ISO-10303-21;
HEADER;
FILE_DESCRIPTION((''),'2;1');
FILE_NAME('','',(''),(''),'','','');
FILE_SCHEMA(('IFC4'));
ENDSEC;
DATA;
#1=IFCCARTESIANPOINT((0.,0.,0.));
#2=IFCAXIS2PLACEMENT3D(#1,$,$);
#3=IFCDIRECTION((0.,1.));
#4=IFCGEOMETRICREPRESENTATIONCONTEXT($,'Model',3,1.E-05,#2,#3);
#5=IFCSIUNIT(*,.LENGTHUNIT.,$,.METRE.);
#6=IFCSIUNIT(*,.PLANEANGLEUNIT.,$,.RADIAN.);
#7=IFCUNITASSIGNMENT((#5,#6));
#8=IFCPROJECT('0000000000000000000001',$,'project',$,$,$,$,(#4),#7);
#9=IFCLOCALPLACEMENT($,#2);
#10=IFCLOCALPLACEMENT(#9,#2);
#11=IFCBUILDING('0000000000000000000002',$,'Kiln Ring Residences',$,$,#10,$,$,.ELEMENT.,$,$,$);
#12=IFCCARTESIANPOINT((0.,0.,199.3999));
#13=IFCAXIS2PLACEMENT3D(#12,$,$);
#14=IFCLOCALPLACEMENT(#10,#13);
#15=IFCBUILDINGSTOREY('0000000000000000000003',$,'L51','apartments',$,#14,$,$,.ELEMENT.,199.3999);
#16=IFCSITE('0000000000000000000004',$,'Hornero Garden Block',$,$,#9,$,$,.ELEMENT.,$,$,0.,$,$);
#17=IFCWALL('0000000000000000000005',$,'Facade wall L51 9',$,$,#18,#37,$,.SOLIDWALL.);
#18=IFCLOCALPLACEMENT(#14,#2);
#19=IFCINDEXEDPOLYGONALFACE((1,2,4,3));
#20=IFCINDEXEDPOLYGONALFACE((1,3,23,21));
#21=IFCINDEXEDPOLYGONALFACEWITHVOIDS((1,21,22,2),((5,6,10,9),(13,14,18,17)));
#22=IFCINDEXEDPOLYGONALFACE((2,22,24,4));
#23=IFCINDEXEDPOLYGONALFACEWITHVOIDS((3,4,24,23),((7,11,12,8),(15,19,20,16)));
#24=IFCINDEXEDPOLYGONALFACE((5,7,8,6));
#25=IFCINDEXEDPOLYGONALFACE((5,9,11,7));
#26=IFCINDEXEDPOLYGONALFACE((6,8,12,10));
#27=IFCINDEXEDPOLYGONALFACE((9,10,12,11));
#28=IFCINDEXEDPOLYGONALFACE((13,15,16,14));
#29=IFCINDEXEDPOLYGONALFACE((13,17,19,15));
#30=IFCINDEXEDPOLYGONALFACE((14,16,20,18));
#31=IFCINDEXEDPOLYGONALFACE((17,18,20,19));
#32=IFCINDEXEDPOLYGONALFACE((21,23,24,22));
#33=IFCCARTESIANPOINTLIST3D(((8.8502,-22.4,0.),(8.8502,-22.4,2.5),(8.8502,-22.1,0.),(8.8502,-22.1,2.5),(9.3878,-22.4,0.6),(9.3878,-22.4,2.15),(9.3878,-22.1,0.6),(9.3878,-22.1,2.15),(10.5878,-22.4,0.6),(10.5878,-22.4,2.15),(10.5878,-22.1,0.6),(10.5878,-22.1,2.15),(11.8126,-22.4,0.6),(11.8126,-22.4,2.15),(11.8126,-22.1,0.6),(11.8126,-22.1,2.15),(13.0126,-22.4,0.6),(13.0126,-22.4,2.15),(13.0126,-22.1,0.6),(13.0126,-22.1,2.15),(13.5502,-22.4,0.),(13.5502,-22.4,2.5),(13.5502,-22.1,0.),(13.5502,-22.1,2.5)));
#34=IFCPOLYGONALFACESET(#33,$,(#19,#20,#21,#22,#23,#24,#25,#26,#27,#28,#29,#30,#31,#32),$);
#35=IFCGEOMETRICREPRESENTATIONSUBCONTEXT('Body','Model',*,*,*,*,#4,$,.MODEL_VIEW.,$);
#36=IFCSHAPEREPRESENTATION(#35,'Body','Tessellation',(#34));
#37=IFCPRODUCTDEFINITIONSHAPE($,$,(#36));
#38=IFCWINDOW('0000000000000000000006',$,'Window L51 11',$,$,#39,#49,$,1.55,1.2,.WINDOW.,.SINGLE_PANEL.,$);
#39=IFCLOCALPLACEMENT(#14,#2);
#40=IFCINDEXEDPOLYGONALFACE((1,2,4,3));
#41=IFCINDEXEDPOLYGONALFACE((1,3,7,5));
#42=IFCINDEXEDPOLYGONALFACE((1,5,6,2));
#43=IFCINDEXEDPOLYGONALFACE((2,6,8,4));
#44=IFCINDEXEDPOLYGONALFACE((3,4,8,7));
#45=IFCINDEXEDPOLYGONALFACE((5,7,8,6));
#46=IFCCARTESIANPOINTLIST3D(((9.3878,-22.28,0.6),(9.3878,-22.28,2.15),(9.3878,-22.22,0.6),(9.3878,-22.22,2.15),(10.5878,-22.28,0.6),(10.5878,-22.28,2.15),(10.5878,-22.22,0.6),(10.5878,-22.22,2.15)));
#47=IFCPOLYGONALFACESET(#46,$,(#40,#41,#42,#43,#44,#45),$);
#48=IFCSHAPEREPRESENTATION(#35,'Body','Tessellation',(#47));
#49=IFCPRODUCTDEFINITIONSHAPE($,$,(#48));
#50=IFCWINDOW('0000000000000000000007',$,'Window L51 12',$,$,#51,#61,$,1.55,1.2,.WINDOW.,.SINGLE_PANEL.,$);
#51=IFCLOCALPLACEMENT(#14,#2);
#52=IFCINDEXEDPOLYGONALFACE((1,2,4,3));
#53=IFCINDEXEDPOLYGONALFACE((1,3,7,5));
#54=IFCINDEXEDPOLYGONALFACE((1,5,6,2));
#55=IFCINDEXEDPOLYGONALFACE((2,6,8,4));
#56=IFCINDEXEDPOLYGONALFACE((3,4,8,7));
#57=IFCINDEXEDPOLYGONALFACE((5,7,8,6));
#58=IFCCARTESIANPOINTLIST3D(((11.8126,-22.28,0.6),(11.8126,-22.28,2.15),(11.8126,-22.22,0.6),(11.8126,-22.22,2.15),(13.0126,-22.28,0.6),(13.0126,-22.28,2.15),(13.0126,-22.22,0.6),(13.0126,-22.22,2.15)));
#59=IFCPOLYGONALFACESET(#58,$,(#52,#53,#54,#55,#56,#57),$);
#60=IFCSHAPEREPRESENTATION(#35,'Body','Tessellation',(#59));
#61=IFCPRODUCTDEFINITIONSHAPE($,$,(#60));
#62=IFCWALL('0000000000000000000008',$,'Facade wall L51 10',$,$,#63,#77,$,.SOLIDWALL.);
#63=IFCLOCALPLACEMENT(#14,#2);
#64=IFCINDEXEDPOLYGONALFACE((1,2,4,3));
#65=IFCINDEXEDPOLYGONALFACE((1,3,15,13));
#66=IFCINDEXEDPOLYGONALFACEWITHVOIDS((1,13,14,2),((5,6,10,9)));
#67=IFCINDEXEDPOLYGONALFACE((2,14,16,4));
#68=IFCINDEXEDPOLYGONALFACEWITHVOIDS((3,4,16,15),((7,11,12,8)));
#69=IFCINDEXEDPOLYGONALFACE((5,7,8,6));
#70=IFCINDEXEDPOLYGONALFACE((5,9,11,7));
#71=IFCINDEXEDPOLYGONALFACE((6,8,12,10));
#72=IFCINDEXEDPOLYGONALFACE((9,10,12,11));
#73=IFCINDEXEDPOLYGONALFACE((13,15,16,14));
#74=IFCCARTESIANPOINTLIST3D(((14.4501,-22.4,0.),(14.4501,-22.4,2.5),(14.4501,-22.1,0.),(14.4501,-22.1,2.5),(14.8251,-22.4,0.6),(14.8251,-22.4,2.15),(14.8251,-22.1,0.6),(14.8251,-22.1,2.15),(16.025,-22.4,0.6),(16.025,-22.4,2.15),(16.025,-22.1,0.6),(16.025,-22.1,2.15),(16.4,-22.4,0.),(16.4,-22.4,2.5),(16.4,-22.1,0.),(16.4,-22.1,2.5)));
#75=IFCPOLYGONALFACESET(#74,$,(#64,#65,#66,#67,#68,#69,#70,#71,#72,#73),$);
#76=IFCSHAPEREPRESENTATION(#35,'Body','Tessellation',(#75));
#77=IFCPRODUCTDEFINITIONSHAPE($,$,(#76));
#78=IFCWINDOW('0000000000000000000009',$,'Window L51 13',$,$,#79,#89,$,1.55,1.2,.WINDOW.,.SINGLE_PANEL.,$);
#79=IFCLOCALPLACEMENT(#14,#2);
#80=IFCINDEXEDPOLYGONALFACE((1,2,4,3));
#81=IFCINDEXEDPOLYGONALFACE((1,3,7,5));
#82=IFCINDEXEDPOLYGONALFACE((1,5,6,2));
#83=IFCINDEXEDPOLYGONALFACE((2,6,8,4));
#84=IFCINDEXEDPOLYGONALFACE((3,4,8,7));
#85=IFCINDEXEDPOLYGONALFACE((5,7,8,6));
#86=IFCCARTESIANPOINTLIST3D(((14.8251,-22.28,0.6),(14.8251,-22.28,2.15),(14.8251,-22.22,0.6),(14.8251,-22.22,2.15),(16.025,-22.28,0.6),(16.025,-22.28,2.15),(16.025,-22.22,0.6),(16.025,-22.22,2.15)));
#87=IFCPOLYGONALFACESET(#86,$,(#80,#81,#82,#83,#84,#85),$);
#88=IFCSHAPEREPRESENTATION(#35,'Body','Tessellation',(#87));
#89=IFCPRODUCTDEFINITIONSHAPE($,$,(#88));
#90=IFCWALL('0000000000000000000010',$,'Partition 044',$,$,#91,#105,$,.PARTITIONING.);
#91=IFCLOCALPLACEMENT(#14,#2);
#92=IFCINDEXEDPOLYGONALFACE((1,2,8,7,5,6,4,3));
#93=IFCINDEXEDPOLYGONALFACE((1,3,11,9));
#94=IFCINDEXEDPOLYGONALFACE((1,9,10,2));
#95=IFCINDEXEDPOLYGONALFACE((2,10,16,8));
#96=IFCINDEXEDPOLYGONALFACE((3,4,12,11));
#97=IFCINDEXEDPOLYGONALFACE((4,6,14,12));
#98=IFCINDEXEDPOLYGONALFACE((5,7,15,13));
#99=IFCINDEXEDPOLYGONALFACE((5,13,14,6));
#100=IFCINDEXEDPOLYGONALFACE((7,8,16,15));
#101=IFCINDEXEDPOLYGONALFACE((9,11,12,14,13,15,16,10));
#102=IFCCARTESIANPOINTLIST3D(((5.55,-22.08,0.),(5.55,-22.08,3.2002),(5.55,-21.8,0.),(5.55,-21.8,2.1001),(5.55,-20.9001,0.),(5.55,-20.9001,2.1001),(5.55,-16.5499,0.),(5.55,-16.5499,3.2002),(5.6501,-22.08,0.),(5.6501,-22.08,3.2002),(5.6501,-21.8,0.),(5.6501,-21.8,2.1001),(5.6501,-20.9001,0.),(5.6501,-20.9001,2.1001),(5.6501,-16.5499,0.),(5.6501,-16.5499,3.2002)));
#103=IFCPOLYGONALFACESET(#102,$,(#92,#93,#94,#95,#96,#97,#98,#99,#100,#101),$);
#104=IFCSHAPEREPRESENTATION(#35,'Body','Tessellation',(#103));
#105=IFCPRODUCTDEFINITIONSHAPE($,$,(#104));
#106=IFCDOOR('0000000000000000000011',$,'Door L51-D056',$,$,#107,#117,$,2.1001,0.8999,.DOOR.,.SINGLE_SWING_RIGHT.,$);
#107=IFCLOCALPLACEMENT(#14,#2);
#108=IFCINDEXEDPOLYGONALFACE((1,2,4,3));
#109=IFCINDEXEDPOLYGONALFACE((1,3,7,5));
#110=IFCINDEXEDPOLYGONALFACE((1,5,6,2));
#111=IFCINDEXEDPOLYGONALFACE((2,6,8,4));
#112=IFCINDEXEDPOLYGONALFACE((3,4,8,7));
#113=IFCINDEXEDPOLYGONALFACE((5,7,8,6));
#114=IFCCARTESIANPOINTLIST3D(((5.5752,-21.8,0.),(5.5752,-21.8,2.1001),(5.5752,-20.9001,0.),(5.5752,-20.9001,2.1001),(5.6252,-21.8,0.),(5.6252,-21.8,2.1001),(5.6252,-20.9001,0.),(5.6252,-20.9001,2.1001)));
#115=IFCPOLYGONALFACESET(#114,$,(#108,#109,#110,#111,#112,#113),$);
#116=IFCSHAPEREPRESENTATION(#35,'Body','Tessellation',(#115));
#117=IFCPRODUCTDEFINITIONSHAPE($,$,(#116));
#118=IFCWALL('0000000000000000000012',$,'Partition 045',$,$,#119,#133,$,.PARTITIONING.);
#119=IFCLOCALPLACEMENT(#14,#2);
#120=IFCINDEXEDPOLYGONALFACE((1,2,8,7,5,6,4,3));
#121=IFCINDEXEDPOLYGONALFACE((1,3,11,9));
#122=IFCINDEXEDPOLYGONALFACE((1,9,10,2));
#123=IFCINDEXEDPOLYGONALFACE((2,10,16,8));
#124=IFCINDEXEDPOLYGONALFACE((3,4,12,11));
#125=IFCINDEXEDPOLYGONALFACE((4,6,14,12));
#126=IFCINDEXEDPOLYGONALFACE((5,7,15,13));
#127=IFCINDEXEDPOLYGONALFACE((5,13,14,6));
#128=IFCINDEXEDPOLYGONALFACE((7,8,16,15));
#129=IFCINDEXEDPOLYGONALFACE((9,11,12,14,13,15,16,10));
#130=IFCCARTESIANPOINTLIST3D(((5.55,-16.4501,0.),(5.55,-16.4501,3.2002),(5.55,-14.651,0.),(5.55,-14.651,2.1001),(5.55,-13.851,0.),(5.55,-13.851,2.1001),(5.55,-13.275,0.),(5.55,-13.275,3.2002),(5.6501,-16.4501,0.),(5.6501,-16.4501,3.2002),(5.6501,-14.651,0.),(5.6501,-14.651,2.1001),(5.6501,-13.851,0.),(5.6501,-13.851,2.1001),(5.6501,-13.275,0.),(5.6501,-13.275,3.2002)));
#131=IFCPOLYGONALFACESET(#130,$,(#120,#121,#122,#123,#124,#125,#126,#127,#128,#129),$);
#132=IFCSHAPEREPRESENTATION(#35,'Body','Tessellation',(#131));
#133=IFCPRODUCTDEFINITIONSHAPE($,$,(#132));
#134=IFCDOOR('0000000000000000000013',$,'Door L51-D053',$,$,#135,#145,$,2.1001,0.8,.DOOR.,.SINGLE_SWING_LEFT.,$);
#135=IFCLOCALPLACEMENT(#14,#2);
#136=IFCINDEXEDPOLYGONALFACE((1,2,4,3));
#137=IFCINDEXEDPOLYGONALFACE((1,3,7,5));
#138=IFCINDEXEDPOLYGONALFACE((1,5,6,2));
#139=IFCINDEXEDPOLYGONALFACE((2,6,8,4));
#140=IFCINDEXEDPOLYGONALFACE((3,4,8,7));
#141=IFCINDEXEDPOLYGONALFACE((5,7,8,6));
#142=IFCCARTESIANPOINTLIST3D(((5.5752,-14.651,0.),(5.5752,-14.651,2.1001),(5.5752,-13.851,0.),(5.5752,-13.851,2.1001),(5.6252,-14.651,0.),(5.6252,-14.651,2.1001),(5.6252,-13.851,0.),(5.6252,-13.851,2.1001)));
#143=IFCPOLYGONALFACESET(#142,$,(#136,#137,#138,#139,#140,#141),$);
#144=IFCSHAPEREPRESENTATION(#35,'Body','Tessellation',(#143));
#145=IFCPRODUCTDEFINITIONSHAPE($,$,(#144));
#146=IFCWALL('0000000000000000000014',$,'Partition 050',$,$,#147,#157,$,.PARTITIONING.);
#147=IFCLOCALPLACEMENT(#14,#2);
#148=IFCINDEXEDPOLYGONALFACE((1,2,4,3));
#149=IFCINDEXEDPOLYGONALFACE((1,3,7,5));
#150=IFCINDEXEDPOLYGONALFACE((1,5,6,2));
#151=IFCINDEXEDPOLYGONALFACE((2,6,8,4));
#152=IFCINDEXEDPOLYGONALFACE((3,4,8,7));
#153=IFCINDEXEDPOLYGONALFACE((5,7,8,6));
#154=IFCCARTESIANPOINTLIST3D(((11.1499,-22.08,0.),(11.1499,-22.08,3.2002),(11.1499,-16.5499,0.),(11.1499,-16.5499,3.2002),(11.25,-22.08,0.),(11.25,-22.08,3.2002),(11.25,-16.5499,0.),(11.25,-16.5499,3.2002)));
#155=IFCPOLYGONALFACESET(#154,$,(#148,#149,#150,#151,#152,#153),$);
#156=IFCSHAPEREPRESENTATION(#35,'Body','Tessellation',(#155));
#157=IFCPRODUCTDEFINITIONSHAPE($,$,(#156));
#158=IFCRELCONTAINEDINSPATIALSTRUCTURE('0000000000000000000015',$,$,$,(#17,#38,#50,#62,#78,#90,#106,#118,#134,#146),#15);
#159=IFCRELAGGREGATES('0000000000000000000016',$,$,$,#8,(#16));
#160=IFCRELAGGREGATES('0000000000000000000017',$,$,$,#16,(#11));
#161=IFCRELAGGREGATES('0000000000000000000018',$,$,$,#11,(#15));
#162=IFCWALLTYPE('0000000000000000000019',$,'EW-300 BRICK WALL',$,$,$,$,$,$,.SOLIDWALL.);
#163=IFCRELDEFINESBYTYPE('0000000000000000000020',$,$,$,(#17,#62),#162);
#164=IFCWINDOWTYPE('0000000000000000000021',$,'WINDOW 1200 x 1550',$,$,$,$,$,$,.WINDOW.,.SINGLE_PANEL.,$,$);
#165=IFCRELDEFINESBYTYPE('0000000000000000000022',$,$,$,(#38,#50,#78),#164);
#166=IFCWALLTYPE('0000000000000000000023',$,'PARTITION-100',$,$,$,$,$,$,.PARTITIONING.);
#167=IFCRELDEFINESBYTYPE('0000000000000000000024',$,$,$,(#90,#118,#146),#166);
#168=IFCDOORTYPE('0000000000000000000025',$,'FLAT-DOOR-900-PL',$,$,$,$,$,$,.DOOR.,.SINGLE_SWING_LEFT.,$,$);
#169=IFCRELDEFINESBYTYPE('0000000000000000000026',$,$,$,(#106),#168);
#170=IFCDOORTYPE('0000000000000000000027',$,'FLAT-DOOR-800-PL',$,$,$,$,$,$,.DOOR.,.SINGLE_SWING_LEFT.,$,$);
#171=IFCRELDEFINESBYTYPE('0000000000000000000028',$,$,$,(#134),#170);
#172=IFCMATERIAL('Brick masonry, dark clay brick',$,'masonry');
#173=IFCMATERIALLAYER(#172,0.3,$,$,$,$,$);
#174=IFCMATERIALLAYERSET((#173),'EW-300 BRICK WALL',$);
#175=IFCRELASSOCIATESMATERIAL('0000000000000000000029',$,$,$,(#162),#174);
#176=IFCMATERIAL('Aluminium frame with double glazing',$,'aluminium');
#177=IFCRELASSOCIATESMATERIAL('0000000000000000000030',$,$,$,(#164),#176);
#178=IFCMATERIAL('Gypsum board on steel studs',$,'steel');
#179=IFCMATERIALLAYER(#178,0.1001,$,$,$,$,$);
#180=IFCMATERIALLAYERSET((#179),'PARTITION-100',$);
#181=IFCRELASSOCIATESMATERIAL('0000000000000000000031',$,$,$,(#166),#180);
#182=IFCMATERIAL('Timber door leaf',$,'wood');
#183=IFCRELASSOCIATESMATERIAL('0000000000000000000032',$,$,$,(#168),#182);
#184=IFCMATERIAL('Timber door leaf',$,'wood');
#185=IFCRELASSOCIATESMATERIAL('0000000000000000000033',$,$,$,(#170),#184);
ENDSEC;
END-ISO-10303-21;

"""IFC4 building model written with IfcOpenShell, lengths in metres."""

from ifc_helpers import new_model, si_unit, direction, frame, frame_2d, origin, place, context, subcontext, project, spatial, rectangle, extrude, material, layer, layer_set, type_object, element, fill, save


model = new_model("IFC4")

# Units and contexts
model_context = context("Model", 3, precision=1e-05, world=origin(), true_north=direction((0.0, 1.0)))
body_context = subcontext(model_context, "Body", "Model", "MODEL_VIEW")
ifc_project = project(units=[si_unit("LENGTHUNIT", "METRE"), si_unit("PLANEANGLEUNIT", "RADIAN")], contexts=[model_context])

# Site, building, storey
site_placement = place(None, origin())
site = spatial("IfcSite", under=ifc_project, at=site_placement, Name="Hornero Garden Block", CompositionType="ELEMENT", RefElevation=0.0)
building_placement = place(site_placement, origin())
building = spatial("IfcBuilding", under=site, at=building_placement, Name="Kiln Ring Residences", CompositionType="ELEMENT")
storey_placement = place(building_placement, frame((0.0, 0.0, 199.3999)))
storey = spatial("IfcBuildingStorey", under=building, at=storey_placement, Name="L51", Description="apartments", CompositionType="ELEMENT", Elevation=199.3999)

# Wall, openings, windows
ifc_material_1 = material(Name="Brick masonry, dark clay brick", Category="masonry")
ifc_layer_1 = layer(ifc_material_1, 0.3)
ifc_layer_set_1 = layer_set([ifc_layer_1], Name="EW-300 BRICK WALL")
wall_type_1 = type_object("IfcWallType", Name="EW-300 BRICK WALL", PredefinedType="SOLIDWALL", material=ifc_layer_set_1)
ifc_material_2 = material(Name="Aluminium frame with double glazing", Category="aluminium")
window_type = type_object("IfcWindowType", Name="WINDOW 1200 x 1550", PartitioningType="SINGLE_PANEL", PredefinedType="WINDOW", material=ifc_material_2)
wall_1_placement = place(storey_placement, frame((8.8501, -22.25, 0.0), z_axis=(0.0, 0.0, 1.0), x_axis=(1.0, 0.0, 0.0)))
wall_1 = element("IfcWall", 1, at=wall_1_placement, inside=storey, type_object=wall_type_1, Name="Facade wall L51 9", PredefinedType="SOLIDWALL", context=body_context, shape_type="SweptSolid", body=[
    extrude(rectangle(XDim=4.7, YDim=0.3, at=frame_2d((2.3501, 0.0))), origin(), (0.0, 0.0, 1.0), 2.5),
])
opening_1_placement = place(wall_1_placement, frame((0.5376, 0.0, 0.6001)))
opening_1 = element("IfcOpeningElement", 2, at=opening_1_placement, cuts=wall_1, PredefinedType="OPENING", context=body_context, shape_type="SweptSolid", body=[
    extrude(rectangle(XDim=1.2, YDim=1.55, at=frame_2d((0.6001, 0.7749))), frame((0.0, 0.1599, 0.0), z_axis=(0.0, -1.0, 0.0), x_axis=(1.0, 0.0, 0.0)), (0.0, 0.0, 1.0), 0.3201),
])
opening_2_placement = place(wall_1_placement, frame((2.9624, 0.0, 0.6001)))
opening_2 = element("IfcOpeningElement", 3, at=opening_2_placement, cuts=wall_1, PredefinedType="OPENING", context=body_context, shape_type="SweptSolid", body=[
    extrude(rectangle(XDim=1.2, YDim=1.55, at=frame_2d((0.6001, 0.7749))), frame((0.0, 0.1599, 0.0), z_axis=(0.0, -1.0, 0.0), x_axis=(1.0, 0.0, 0.0)), (0.0, 0.0, 1.0), 0.3201),
])
window_1_placement = place(opening_1_placement, origin())
window_1 = element("IfcWindow", 4, at=window_1_placement, inside=storey, type_object=window_type, Name="Window L51 11", OverallHeight=1.55, OverallWidth=1.2, PartitioningType="SINGLE_PANEL", PredefinedType="WINDOW", context=body_context, shape_type="SweptSolid", body=[
    extrude(rectangle(XDim=1.2, YDim=1.55, at=frame_2d((0.6001, 0.7749))), frame((0.0, 0.03, 0.0), z_axis=(0.0, -1.0, 0.0), x_axis=(1.0, 0.0, 0.0)), (0.0, 0.0, 1.0), 0.0601),
])
fill(opening_1, window_1)
window_2_placement = place(opening_2_placement, origin())
window_2 = element("IfcWindow", 5, at=window_2_placement, inside=storey, type_object=window_type, Name="Window L51 12", OverallHeight=1.55, OverallWidth=1.2, PartitioningType="SINGLE_PANEL", PredefinedType="WINDOW", context=body_context, shape_type="SweptSolid", body=[
    extrude(rectangle(XDim=1.2, YDim=1.55, at=frame_2d((0.6001, 0.7749))), frame((0.0, 0.03, 0.0), z_axis=(0.0, -1.0, 0.0), x_axis=(1.0, 0.0, 0.0)), (0.0, 0.0, 1.0), 0.0601),
])
fill(opening_2, window_2)

# Wall, opening, window
wall_2_placement = place(storey_placement, frame((14.45, -22.25, 0.0), z_axis=(0.0, 0.0, 1.0), x_axis=(1.0, 0.0, 0.0)))
wall_2 = element("IfcWall", 6, at=wall_2_placement, inside=storey, type_object=wall_type_1, Name="Facade wall L51 10", PredefinedType="SOLIDWALL", context=body_context, shape_type="SweptSolid", body=[
    extrude(rectangle(XDim=1.95, YDim=0.3, at=frame_2d((0.9751, 0.0))), origin(), (0.0, 0.0, 1.0), 2.5),
])
opening_3_placement = place(wall_2_placement, frame((0.375, 0.0, 0.6001)))
opening_3 = element("IfcOpeningElement", 7, at=opening_3_placement, cuts=wall_2, PredefinedType="OPENING", context=body_context, shape_type="SweptSolid", body=[
    extrude(rectangle(XDim=1.2, YDim=1.55, at=frame_2d((0.6001, 0.7749))), frame((0.0, 0.1599, 0.0), z_axis=(0.0, -1.0, 0.0), x_axis=(1.0, 0.0, 0.0)), (0.0, 0.0, 1.0), 0.3201),
])
window_3_placement = place(opening_3_placement, origin())
window_3 = element("IfcWindow", 8, at=window_3_placement, inside=storey, type_object=window_type, Name="Window L51 13", OverallHeight=1.55, OverallWidth=1.2, PartitioningType="SINGLE_PANEL", PredefinedType="WINDOW", context=body_context, shape_type="SweptSolid", body=[
    extrude(rectangle(XDim=1.2, YDim=1.55, at=frame_2d((0.6001, 0.7749))), frame((0.0, 0.03, 0.0), z_axis=(0.0, -1.0, 0.0), x_axis=(1.0, 0.0, 0.0)), (0.0, 0.0, 1.0), 0.0601),
])
fill(opening_3, window_3)

# Walls, openings, doors
ifc_material_3 = material(Name="Gypsum board on steel studs", Category="steel")
ifc_layer_2 = layer(ifc_material_3, 0.1001)
ifc_layer_set_2 = layer_set([ifc_layer_2], Name="PARTITION-100")
wall_type_2 = type_object("IfcWallType", Name="PARTITION-100", PredefinedType="PARTITIONING", material=ifc_layer_set_2)
wall_3_placement = place(storey_placement, frame((5.6001, -22.0801, 0.0), z_axis=(0.0, 0.0, 1.0), x_axis=(0.0, 1.0, 0.0)))
wall_3 = element("IfcWall", 9, at=wall_3_placement, inside=storey, type_object=wall_type_2, Name="Partition 044", PredefinedType="PARTITIONING", context=body_context, shape_type="SweptSolid", body=[
    extrude(rectangle(XDim=5.53, YDim=0.1001, at=frame_2d((2.7651, 0.0))), origin(), (0.0, 0.0, 1.0), 3.2002),
])
opening_4_placement = place(wall_3_placement, frame((0.28, 0.0, 0.0)))
opening_4 = element("IfcOpeningElement", 10, at=opening_4_placement, cuts=wall_3, PredefinedType="OPENING", context=body_context, shape_type="SweptSolid", body=[
    extrude(rectangle(XDim=0.8999, YDim=2.1001, at=frame_2d((0.45, 1.05))), frame((0.0, 0.0601, 0.0), z_axis=(0.0, -1.0, 0.0), x_axis=(1.0, 0.0, 0.0)), (0.0, 0.0, 1.0), 0.1201),
])
ifc_material_4 = material(Name="Timber door leaf", Category="wood")
door_type_1 = type_object("IfcDoorType", Name="FLAT-DOOR-900-PL", OperationType="SINGLE_SWING_LEFT", PredefinedType="DOOR", material=ifc_material_4)
door_1_placement = place(opening_4_placement, origin())
door_1 = element("IfcDoor", 11, at=door_1_placement, inside=storey, type_object=door_type_1, Name="Door L51-D056", OperationType="SINGLE_SWING_RIGHT", OverallHeight=2.1001, OverallWidth=0.8999, PredefinedType="DOOR", context=body_context, shape_type="SweptSolid", body=[
    extrude(rectangle(XDim=0.8999, YDim=2.1001, at=frame_2d((0.45, 1.05))), frame((0.0, 0.0249, 0.0), z_axis=(0.0, -1.0, 0.0), x_axis=(1.0, 0.0, 0.0)), (0.0, 0.0, 1.0), 0.05),
])
fill(opening_4, door_1)
wall_4_placement = place(storey_placement, frame((5.6001, -16.45, 0.0), z_axis=(0.0, 0.0, 1.0), x_axis=(0.0, 1.0, 0.0)))
wall_4 = element("IfcWall", 12, at=wall_4_placement, inside=storey, type_object=wall_type_2, Name="Partition 045", PredefinedType="PARTITIONING", context=body_context, shape_type="SweptSolid", body=[
    extrude(rectangle(XDim=3.175, YDim=0.1001, at=frame_2d((1.5874, 0.0))), origin(), (0.0, 0.0, 1.0), 3.2002),
])
opening_5_placement = place(wall_4_placement, frame((1.7991, 0.0, 0.0)))
opening_5 = element("IfcOpeningElement", 13, at=opening_5_placement, cuts=wall_4, PredefinedType="OPENING", context=body_context, shape_type="SweptSolid", body=[
    extrude(rectangle(XDim=0.8, YDim=2.1001, at=frame_2d((0.3999, 1.05))), frame((0.0, 0.0601, 0.0), z_axis=(0.0, -1.0, 0.0), x_axis=(1.0, 0.0, 0.0)), (0.0, 0.0, 1.0), 0.1201),
])
ifc_material_5 = material(Name="Timber door leaf", Category="wood")
door_type_2 = type_object("IfcDoorType", Name="FLAT-DOOR-800-PL", OperationType="SINGLE_SWING_LEFT", PredefinedType="DOOR", material=ifc_material_5)
door_2_placement = place(opening_5_placement, origin())
door_2 = element("IfcDoor", 14, at=door_2_placement, inside=storey, type_object=door_type_2, Name="Door L51-D053", OperationType="SINGLE_SWING_LEFT", OverallHeight=2.1001, OverallWidth=0.8, PredefinedType="DOOR", context=body_context, shape_type="SweptSolid", body=[
    extrude(rectangle(XDim=0.8, YDim=2.1001, at=frame_2d((0.3999, 1.05))), frame((0.0, 0.0249, 0.0), z_axis=(0.0, -1.0, 0.0), x_axis=(1.0, 0.0, 0.0)), (0.0, 0.0, 1.0), 0.05),
])
fill(opening_5, door_2)

# Wall
wall_5_placement = place(storey_placement, frame((11.2, -22.0801, 0.0), z_axis=(0.0, 0.0, 1.0), x_axis=(0.0, 1.0, 0.0)))
element("IfcWall", 15, at=wall_5_placement, inside=storey, type_object=wall_type_2, Name="Partition 050", PredefinedType="PARTITIONING", context=body_context, shape_type="SweptSolid", body=[
    extrude(rectangle(XDim=5.53, YDim=0.1001, at=frame_2d((2.7651, 0.0))), origin(), (0.0, 0.0, 1.0), 3.2002),
])

save(model, "model.ifc")
